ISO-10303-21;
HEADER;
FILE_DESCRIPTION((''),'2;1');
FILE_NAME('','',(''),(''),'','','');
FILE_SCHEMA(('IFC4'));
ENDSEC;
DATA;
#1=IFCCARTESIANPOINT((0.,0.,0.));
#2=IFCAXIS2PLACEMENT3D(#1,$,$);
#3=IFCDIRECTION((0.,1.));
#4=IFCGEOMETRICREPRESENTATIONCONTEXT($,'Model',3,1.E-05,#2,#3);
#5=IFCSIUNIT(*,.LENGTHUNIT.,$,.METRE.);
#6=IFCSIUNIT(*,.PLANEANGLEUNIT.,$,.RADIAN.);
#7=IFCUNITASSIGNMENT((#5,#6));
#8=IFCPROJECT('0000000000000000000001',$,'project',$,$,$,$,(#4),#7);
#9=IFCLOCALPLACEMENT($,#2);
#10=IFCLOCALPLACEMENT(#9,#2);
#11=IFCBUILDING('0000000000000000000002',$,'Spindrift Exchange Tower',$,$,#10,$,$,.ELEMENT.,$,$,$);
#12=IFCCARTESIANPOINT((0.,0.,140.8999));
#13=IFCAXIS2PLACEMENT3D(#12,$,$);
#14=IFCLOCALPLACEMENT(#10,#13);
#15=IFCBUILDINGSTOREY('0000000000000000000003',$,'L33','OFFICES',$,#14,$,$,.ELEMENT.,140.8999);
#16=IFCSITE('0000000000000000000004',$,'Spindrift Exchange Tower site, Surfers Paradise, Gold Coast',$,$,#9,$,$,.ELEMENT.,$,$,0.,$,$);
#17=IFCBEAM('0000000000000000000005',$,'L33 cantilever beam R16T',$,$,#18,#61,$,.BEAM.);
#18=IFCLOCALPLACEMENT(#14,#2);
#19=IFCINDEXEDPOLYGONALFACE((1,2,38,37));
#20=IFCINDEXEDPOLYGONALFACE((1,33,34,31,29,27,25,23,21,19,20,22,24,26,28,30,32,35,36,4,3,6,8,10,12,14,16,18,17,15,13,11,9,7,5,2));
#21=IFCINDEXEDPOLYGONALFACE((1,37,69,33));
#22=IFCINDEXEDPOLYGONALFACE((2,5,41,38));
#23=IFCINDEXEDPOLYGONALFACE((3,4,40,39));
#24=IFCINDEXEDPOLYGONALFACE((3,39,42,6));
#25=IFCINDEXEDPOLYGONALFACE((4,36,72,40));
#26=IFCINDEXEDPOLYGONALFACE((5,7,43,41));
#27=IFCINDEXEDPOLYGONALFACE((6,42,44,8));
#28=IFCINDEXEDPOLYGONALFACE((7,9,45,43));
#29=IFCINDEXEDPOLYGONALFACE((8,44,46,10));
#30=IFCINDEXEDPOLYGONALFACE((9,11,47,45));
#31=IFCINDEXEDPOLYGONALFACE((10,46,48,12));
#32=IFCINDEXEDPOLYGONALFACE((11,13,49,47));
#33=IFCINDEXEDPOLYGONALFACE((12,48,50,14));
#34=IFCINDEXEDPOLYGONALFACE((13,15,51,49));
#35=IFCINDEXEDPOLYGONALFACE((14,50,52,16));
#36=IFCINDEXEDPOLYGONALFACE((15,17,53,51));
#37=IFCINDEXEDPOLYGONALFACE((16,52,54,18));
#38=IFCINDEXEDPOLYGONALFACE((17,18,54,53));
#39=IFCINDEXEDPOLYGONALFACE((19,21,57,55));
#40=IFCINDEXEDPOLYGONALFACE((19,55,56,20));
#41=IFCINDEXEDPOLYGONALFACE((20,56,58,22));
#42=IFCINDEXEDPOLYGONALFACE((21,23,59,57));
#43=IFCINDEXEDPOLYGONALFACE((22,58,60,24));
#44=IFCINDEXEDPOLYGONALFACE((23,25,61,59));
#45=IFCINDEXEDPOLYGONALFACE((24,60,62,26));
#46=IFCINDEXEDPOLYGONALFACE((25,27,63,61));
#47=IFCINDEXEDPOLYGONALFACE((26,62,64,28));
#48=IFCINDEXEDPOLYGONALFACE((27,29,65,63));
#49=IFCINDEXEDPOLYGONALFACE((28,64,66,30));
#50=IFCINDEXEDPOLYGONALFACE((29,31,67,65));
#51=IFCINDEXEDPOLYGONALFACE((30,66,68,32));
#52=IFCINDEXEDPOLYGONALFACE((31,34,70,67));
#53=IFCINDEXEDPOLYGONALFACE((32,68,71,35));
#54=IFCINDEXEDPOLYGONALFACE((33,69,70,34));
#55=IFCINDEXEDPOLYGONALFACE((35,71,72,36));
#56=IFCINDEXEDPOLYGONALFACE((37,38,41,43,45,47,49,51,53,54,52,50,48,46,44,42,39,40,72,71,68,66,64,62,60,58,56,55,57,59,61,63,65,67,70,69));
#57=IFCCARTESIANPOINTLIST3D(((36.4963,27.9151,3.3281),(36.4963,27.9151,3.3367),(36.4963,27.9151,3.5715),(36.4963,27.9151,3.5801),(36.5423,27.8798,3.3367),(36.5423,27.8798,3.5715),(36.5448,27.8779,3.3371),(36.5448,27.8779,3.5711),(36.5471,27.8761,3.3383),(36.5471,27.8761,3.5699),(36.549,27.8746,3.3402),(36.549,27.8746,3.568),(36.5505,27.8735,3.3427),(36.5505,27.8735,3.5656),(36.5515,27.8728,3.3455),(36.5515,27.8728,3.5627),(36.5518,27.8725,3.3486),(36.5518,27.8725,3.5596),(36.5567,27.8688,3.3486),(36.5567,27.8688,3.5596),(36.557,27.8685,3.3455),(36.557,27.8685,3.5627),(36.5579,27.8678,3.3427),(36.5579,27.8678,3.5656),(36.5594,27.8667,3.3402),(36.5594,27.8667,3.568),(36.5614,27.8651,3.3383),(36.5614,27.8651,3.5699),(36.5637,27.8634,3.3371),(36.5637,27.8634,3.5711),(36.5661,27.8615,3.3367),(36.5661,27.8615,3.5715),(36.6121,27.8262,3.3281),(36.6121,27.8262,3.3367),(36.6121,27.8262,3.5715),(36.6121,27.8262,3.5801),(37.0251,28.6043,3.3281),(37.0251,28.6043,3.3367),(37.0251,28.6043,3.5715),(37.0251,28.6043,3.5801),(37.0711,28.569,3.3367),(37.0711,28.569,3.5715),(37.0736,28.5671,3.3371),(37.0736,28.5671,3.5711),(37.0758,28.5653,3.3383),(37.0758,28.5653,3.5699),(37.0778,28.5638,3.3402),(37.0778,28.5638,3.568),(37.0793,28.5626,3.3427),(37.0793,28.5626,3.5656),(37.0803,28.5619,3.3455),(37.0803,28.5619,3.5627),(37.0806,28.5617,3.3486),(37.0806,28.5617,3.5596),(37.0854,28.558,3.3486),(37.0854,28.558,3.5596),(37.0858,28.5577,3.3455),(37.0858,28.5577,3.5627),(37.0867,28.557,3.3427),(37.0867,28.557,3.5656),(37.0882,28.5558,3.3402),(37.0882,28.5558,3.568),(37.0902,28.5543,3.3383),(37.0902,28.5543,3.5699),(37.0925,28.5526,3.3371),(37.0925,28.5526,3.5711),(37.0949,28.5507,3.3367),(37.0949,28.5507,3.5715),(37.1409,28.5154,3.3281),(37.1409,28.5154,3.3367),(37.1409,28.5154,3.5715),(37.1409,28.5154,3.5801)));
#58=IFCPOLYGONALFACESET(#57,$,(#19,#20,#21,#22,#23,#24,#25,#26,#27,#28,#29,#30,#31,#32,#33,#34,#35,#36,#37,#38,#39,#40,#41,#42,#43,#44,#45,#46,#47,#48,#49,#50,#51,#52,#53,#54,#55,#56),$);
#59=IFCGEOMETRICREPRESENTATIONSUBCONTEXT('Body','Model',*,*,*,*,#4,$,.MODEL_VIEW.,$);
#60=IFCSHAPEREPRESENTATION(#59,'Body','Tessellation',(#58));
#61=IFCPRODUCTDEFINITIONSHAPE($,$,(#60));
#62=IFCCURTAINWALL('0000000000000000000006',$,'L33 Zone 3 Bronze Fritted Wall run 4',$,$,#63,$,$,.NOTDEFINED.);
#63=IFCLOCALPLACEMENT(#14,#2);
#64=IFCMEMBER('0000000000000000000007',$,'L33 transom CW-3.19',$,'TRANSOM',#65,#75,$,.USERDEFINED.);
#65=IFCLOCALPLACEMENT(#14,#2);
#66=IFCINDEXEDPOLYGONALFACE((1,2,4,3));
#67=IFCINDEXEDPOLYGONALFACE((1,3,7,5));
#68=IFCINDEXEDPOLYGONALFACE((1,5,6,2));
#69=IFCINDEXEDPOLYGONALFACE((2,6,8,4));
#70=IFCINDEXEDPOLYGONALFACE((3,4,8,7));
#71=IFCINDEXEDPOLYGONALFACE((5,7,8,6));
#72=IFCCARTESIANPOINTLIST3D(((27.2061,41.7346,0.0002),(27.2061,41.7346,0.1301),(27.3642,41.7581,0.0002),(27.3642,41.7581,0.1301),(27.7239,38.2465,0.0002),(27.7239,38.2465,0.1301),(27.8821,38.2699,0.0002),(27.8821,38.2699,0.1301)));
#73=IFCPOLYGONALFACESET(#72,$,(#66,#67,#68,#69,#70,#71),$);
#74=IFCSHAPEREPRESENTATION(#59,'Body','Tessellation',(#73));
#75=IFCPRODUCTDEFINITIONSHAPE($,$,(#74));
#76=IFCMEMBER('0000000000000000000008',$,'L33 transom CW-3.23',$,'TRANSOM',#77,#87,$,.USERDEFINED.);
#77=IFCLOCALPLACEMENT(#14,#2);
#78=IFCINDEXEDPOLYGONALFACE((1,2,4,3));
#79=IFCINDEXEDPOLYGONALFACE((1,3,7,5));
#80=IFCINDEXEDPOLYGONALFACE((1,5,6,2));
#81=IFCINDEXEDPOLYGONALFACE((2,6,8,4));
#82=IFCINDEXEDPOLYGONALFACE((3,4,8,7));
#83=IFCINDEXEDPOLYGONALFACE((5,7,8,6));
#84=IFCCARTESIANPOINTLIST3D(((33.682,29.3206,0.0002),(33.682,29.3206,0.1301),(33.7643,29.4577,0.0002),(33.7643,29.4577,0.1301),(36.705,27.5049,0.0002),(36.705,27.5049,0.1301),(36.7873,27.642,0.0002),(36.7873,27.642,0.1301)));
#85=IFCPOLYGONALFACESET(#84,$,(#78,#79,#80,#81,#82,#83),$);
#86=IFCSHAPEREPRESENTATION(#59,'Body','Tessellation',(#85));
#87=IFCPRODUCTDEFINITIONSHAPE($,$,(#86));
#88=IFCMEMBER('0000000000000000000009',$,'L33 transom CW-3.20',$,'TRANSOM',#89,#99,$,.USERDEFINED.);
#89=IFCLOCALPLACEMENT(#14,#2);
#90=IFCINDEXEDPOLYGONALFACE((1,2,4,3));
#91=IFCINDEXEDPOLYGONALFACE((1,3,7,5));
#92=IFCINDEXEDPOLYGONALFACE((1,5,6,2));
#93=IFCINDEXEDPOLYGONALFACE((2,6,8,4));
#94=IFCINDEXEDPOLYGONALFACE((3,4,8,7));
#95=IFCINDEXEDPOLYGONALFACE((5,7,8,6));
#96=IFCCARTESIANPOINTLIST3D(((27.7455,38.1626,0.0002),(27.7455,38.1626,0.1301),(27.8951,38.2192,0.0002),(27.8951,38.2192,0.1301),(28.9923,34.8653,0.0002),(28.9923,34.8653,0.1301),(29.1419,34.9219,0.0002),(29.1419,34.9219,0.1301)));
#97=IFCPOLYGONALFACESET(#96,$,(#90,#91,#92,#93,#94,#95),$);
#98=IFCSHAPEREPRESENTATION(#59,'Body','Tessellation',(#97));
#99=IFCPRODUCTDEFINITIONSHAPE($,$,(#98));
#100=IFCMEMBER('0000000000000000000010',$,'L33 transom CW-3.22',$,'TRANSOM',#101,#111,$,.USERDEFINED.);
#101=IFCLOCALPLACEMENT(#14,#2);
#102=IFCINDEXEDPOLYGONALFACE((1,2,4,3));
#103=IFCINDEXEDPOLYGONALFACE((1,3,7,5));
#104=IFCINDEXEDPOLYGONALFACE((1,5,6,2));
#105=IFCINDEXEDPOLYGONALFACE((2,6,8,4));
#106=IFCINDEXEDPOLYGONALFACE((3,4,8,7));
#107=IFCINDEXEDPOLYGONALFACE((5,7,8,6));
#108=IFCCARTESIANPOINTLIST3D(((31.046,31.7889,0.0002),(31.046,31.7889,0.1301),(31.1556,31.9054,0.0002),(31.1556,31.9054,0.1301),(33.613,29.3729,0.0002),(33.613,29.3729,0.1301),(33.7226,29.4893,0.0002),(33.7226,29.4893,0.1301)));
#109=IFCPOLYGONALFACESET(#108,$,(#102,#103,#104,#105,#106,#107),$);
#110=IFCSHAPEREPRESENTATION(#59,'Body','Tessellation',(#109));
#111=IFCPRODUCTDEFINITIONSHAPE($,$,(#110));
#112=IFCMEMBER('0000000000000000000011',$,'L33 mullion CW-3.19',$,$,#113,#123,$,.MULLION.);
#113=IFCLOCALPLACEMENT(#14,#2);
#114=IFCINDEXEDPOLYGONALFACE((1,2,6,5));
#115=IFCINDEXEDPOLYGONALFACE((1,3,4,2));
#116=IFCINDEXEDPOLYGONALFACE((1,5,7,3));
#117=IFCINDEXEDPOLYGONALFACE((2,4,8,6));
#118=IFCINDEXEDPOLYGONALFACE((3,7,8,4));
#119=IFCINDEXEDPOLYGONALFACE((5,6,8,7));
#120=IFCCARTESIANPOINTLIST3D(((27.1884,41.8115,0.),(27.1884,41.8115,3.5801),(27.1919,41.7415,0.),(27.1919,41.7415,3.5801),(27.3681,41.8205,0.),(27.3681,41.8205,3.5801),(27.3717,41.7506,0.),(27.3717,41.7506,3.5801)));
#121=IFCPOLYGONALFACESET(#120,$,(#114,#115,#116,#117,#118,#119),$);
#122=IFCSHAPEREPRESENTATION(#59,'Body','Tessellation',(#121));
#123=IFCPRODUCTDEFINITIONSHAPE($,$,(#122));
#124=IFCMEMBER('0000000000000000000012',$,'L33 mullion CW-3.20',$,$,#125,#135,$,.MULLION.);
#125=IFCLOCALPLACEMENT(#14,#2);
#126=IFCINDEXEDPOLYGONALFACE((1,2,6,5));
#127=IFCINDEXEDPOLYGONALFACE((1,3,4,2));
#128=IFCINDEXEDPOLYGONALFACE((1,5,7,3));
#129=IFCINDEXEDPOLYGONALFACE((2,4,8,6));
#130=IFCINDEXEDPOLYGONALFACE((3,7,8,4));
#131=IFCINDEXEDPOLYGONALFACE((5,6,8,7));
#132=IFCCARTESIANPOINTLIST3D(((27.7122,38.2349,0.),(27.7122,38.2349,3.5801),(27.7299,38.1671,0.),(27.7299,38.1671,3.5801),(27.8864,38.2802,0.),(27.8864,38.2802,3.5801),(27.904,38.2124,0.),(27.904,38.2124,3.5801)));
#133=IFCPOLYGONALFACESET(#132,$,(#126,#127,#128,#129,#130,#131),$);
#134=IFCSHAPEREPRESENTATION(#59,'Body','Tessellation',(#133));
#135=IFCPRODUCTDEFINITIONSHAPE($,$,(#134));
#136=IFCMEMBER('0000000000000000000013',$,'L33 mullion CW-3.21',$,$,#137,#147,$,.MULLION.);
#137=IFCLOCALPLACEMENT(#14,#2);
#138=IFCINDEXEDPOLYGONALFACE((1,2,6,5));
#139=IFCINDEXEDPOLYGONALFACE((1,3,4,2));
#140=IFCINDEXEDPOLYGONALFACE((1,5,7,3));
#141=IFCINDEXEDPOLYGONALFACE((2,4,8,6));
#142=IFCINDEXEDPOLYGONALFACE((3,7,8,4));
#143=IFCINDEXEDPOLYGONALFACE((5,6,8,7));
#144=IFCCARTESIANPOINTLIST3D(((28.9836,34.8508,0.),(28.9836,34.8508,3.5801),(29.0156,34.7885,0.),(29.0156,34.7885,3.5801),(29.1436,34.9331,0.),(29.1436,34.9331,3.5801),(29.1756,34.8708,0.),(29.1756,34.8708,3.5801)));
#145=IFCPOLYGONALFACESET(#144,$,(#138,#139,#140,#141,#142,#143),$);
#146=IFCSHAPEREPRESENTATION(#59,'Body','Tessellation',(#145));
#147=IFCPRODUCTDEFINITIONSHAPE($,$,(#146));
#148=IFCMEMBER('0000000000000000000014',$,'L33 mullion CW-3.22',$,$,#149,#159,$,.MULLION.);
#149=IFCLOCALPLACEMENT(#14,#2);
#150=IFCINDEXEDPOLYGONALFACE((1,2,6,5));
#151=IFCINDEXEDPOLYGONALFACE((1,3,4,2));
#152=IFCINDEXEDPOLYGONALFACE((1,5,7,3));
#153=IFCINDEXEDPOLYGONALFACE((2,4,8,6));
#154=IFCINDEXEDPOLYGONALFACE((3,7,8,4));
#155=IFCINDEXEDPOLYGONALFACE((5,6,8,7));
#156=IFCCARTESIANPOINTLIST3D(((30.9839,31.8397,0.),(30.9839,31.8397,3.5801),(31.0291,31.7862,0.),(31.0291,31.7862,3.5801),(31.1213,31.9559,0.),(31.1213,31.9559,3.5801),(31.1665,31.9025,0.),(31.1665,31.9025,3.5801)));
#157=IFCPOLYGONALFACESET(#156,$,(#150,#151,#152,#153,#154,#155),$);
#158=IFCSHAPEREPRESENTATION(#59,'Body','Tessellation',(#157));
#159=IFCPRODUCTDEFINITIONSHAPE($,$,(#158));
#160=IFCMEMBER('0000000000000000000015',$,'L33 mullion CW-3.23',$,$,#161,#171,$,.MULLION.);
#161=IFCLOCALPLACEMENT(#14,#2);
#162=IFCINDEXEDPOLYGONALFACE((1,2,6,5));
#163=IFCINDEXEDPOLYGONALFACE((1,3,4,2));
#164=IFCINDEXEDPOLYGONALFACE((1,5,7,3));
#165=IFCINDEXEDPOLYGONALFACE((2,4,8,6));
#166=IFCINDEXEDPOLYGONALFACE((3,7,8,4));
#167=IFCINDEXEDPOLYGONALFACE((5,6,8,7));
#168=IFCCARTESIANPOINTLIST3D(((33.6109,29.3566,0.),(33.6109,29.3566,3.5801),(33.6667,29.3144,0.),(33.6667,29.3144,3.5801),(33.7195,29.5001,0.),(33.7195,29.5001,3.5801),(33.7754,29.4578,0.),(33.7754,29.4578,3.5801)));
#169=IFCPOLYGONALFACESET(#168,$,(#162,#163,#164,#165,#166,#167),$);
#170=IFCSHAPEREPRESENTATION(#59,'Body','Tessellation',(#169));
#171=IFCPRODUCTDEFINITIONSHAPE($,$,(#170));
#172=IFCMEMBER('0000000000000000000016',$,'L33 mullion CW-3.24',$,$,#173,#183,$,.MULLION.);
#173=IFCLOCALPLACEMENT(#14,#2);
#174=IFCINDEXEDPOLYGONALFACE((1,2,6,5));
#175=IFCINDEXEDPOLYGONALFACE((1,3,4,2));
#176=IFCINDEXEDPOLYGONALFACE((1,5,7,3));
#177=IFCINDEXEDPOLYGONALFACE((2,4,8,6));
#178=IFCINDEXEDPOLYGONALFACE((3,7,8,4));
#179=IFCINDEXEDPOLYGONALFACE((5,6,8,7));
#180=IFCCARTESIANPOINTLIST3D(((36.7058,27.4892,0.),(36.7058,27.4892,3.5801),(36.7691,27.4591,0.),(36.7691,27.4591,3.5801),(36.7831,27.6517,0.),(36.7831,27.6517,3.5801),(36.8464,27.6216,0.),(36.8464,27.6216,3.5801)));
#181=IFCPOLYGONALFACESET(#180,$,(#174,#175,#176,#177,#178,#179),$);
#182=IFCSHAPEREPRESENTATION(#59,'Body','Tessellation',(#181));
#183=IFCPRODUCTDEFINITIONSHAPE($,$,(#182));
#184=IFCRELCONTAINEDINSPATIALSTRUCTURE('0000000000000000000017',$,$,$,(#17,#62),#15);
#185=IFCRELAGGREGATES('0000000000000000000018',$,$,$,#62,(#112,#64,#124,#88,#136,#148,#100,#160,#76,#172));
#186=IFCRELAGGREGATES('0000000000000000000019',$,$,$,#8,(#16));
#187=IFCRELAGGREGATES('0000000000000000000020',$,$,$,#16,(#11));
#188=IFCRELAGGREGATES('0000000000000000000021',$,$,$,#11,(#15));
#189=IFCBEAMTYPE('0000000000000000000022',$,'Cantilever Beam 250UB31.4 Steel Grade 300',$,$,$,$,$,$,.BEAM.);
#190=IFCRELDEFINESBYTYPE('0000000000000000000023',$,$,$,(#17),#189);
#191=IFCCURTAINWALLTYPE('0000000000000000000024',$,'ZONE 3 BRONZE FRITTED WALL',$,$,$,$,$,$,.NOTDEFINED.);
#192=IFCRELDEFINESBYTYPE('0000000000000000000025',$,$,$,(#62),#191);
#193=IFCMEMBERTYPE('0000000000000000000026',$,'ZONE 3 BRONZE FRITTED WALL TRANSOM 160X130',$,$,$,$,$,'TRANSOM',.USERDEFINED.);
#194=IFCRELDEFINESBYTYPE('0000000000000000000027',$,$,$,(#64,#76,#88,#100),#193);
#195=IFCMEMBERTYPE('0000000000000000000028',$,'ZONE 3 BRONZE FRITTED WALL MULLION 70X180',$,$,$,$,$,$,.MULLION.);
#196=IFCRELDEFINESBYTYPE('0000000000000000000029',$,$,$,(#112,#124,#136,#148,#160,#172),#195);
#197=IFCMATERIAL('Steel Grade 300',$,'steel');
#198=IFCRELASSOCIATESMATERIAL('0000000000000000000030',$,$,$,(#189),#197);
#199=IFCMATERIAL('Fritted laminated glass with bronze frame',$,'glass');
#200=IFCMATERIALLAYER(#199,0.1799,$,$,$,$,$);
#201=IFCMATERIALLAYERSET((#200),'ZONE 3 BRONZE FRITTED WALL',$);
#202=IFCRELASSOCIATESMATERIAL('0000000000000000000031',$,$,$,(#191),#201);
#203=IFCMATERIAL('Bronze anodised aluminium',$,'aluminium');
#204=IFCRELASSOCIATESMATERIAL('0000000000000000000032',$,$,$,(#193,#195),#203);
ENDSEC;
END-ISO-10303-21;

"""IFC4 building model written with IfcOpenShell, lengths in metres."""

from ifc_helpers import new_model, si_unit, direction, frame, origin, origin_2d, place, context, subcontext, project, spatial, rectangle, i_section, extrude, source, transform, mapped, material, layer, layer_set, material_profile, profile_set, type_object, element, aggregate, save


model = new_model("IFC4")

# Units and contexts
model_context = context("Model", 3, precision=1e-05, world=origin(), true_north=direction((0.0, 1.0)))
body_context = subcontext(model_context, "Body", "Model", "MODEL_VIEW")
ifc_project = project(units=[si_unit("LENGTHUNIT", "METRE"), si_unit("PLANEANGLEUNIT", "RADIAN")], contexts=[model_context])

# Site, building, storey
site_placement = place(None, origin())
site = spatial("IfcSite", under=ifc_project, at=site_placement, Name="Spindrift Exchange Tower site, Surfers Paradise, Gold Coast", CompositionType="ELEMENT", RefElevation=0.0)
building_placement = place(site_placement, origin())
building = spatial("IfcBuilding", under=site, at=building_placement, Name="Spindrift Exchange Tower", CompositionType="ELEMENT")
storey_placement = place(building_placement, frame((0.0, 0.0, 140.8999)))
storey = spatial("IfcBuildingStorey", under=building, at=storey_placement, Name="L33", Description="OFFICES", CompositionType="ELEMENT", Elevation=140.8999)

# Beam
ifc_material_1 = material(Name="Steel Grade 300", Category="steel")
ifc_material_profile_1 = material_profile(ifc_material_1, i_section(OverallWidth=0.146, OverallDepth=0.252, WebThickness=0.0061, FlangeThickness=0.0085, FilletRadius=0.012, at=origin_2d()), Name="250UB31.4")
ifc_profile_set_1 = profile_set([ifc_material_profile_1], Name="Steel Grade 300")
beam_type_1 = type_object("IfcBeamType", Name="Cantilever Beam 250UB31.4 Steel Grade 300", PredefinedType="BEAM", material=ifc_profile_set_1)
shared_shape_1 = source(origin(), body_context, "Body", "SweptSolid", [
    extrude(i_section(OverallWidth=0.146, OverallDepth=0.252, WebThickness=0.0061, FlangeThickness=0.0085, FilletRadius=0.012, at=origin_2d()), origin(), (0.0, 0.0, 1.0), 0.8687),
])
beam_1_placement = place(storey_placement, frame((37.083, 28.5598, 3.4541), z_axis=(-0.608732, -0.793376, 0.0), x_axis=(0.793376, -0.608732, 0.0)))
element("IfcBeam", 1, at=beam_1_placement, inside=storey, type_object=beam_type_1, Name="L33 cantilever beam R16T", PredefinedType="BEAM", context=body_context, shape_type="MappedRepresentation", body=[
    mapped(shared_shape_1, transform((0.0, 0.0, 0.0), scale=1.0)),
])

# Curtain wall, members
ifc_material_2 = material(Name="Fritted laminated glass with bronze frame", Category="glass")
ifc_layer_1 = layer(ifc_material_2, 0.1799)
ifc_layer_set_1 = layer_set([ifc_layer_1], Name="ZONE 3 BRONZE FRITTED WALL")
curtain_wall_type = type_object("IfcCurtainWallType", Name="ZONE 3 BRONZE FRITTED WALL", PredefinedType="NOTDEFINED", material=ifc_layer_set_1)
curtain_wall_1_placement = place(storey_placement, origin())
curtain_wall_1 = element("IfcCurtainWall", 2, at=curtain_wall_1_placement, inside=storey, type_object=curtain_wall_type, Name="L33 Zone 3 Bronze Fritted Wall run 4", PredefinedType="NOTDEFINED")
ifc_material_3 = material(Name="Bronze anodised aluminium", Category="aluminium")
ifc_material_profile_2 = material_profile(ifc_material_3, rectangle(XDim=0.1599, YDim=0.1299, at=origin_2d()), Name="ZONE 3 BRONZE FRITTED WALL TRANSOM 160X130")
ifc_profile_set_2 = profile_set([ifc_material_profile_2], Name="Bronze anodised aluminium")
member_type_1 = type_object("IfcMemberType", Name="ZONE 3 BRONZE FRITTED WALL TRANSOM 160X130", ElementType="TRANSOM", PredefinedType="USERDEFINED", material=ifc_profile_set_2)
shared_shape_2 = source(origin(), body_context, "Body", "SweptSolid", [
    extrude(rectangle(XDim=0.1599, YDim=0.1299, at=origin_2d()), origin(), (0.0, 0.0, 1.0), 3.5264),
])
member_1_placement = place(storey_placement, frame((27.2852, 41.7463, 0.0652), z_axis=(0.146847, -0.989159, 0.0), x_axis=(0.989159, 0.146847, 0.0)))
member_1 = element("IfcMember", 3, at=member_1_placement, type_object=member_type_1, Name="L33 transom CW-3.19", ObjectType="TRANSOM", PredefinedType="USERDEFINED", context=body_context, shape_type="MappedRepresentation", body=[
    mapped(shared_shape_2, transform((0.0, 0.0, 0.0), scale=1.0)),
])
member_2_placement = place(storey_placement, frame((33.7231, 29.3892, 0.0652), z_axis=(0.857255, -0.514893, 0.0), x_axis=(0.514893, 0.857255, 0.0)))
member_2 = element("IfcMember", 4, at=member_2_placement, type_object=member_type_1, Name="L33 transom CW-3.23", ObjectType="TRANSOM", PredefinedType="USERDEFINED", context=body_context, shape_type="MappedRepresentation", body=[
    mapped(shared_shape_2, transform((0.0, 0.0, 0.0), scale=1.0)),
])
shared_shape_3 = source(origin(), body_context, "Body", "SweptSolid", [
    extrude(rectangle(XDim=0.1599, YDim=0.1299, at=origin_2d()), origin(), (0.0, 0.0, 1.0), 3.5251),
])
member_3_placement = place(storey_placement, frame((27.8203, 38.1909, 0.0652), z_axis=(0.353687, -0.935364, 0.0), x_axis=(0.935364, 0.353687, 0.0)))
member_3 = element("IfcMember", 5, at=member_3_placement, type_object=member_type_1, Name="L33 transom CW-3.20", ObjectType="TRANSOM", PredefinedType="USERDEFINED", context=body_context, shape_type="MappedRepresentation", body=[
    mapped(shared_shape_3, transform((0.0, 0.0, 0.0), scale=1.0)),
])
member_4_placement = place(storey_placement, frame((31.1008, 31.8472, 0.0652), z_axis=(0.728184, -0.685382, 0.0), x_axis=(0.685382, 0.728184, 0.0)))
member_4 = element("IfcMember", 6, at=member_4_placement, type_object=member_type_1, Name="L33 transom CW-3.22", ObjectType="TRANSOM", PredefinedType="USERDEFINED", context=body_context, shape_type="MappedRepresentation", body=[
    mapped(shared_shape_3, transform((0.0, 0.0, 0.0), scale=1.0)),
])
ifc_material_profile_3 = material_profile(ifc_material_3, rectangle(XDim=0.0701, YDim=0.1799, at=origin_2d()), Name="ZONE 3 BRONZE FRITTED WALL MULLION 70X180")
ifc_profile_set_3 = profile_set([ifc_material_profile_3], Name="Bronze anodised aluminium")
member_type_2 = type_object("IfcMemberType", Name="ZONE 3 BRONZE FRITTED WALL MULLION 70X180", PredefinedType="MULLION", material=ifc_profile_set_3)
shared_shape_4 = source(origin(), body_context, "Body", "SweptSolid", [
    extrude(rectangle(XDim=0.0701, YDim=0.1799, at=origin_2d()), origin(), (0.0, 0.0, 1.0), 3.5801),
])
member_5_placement = place(storey_placement, frame((27.28, 41.781, 0.0), z_axis=(0.0, 0.0, 1.0), x_axis=(0.050519, -0.998723, 0.0)))
member_5 = element("IfcMember", 7, at=member_5_placement, type_object=member_type_2, Name="L33 mullion CW-3.19", PredefinedType="MULLION", context=body_context, shape_type="MappedRepresentation", body=[
    mapped(shared_shape_4, transform((0.0, 0.0, 0.0), scale=1.0)),
])
member_6_placement = place(storey_placement, frame((27.8081, 38.2236, 0.0), z_axis=(0.0, 0.0, 1.0), x_axis=(0.251685, -0.967809, 0.0)))
member_6 = element("IfcMember", 8, at=member_6_placement, type_object=member_type_2, Name="L33 mullion CW-3.20", PredefinedType="MULLION", context=body_context, shape_type="MappedRepresentation", body=[
    mapped(shared_shape_4, transform((0.0, 0.0, 0.0), scale=1.0)),
])
member_7_placement = place(storey_placement, frame((29.0796, 34.8608, 0.0), z_axis=(0.0, 0.0, 1.0), x_axis=(0.45739, -0.889266, 0.0)))
member_7 = element("IfcMember", 9, at=member_7_placement, type_object=member_type_2, Name="L33 mullion CW-3.21", PredefinedType="MULLION", context=body_context, shape_type="MappedRepresentation", body=[
    mapped(shared_shape_4, transform((0.0, 0.0, 0.0), scale=1.0)),
])
member_8_placement = place(storey_placement, frame((31.0752, 31.8711, 0.0), z_axis=(0.0, 0.0, 1.0), x_axis=(0.645849, -0.763465, 0.0)))
member_8 = element("IfcMember", 10, at=member_8_placement, type_object=member_type_2, Name="L33 mullion CW-3.22", PredefinedType="MULLION", context=body_context, shape_type="MappedRepresentation", body=[
    mapped(shared_shape_4, transform((0.0, 0.0, 0.0), scale=1.0)),
])
member_9_placement = place(storey_placement, frame((33.6931, 29.4072, 0.0), z_axis=(0.0, 0.0, 1.0), x_axis=(0.797282, -0.603607, 0.0)))
member_9 = element("IfcMember", 11, at=member_9_placement, type_object=member_type_2, Name="L33 mullion CW-3.23", PredefinedType="MULLION", context=body_context, shape_type="MappedRepresentation", body=[
    mapped(shared_shape_4, transform((0.0, 0.0, 0.0), scale=1.0)),
])
member_10_placement = place(storey_placement, frame((36.7761, 27.5554, 0.0), z_axis=(0.0, 0.0, 1.0), x_axis=(0.902981, -0.429681, 0.0)))
member_10 = element("IfcMember", 12, at=member_10_placement, type_object=member_type_2, Name="L33 mullion CW-3.24", PredefinedType="MULLION", context=body_context, shape_type="MappedRepresentation", body=[
    mapped(shared_shape_4, transform((0.0, 0.0, 0.0), scale=1.0)),
])

aggregate(curtain_wall_1, [member_5, member_1, member_6, member_3, member_7, member_8, member_4, member_9, member_2, member_10])

save(model, "model.ifc")
